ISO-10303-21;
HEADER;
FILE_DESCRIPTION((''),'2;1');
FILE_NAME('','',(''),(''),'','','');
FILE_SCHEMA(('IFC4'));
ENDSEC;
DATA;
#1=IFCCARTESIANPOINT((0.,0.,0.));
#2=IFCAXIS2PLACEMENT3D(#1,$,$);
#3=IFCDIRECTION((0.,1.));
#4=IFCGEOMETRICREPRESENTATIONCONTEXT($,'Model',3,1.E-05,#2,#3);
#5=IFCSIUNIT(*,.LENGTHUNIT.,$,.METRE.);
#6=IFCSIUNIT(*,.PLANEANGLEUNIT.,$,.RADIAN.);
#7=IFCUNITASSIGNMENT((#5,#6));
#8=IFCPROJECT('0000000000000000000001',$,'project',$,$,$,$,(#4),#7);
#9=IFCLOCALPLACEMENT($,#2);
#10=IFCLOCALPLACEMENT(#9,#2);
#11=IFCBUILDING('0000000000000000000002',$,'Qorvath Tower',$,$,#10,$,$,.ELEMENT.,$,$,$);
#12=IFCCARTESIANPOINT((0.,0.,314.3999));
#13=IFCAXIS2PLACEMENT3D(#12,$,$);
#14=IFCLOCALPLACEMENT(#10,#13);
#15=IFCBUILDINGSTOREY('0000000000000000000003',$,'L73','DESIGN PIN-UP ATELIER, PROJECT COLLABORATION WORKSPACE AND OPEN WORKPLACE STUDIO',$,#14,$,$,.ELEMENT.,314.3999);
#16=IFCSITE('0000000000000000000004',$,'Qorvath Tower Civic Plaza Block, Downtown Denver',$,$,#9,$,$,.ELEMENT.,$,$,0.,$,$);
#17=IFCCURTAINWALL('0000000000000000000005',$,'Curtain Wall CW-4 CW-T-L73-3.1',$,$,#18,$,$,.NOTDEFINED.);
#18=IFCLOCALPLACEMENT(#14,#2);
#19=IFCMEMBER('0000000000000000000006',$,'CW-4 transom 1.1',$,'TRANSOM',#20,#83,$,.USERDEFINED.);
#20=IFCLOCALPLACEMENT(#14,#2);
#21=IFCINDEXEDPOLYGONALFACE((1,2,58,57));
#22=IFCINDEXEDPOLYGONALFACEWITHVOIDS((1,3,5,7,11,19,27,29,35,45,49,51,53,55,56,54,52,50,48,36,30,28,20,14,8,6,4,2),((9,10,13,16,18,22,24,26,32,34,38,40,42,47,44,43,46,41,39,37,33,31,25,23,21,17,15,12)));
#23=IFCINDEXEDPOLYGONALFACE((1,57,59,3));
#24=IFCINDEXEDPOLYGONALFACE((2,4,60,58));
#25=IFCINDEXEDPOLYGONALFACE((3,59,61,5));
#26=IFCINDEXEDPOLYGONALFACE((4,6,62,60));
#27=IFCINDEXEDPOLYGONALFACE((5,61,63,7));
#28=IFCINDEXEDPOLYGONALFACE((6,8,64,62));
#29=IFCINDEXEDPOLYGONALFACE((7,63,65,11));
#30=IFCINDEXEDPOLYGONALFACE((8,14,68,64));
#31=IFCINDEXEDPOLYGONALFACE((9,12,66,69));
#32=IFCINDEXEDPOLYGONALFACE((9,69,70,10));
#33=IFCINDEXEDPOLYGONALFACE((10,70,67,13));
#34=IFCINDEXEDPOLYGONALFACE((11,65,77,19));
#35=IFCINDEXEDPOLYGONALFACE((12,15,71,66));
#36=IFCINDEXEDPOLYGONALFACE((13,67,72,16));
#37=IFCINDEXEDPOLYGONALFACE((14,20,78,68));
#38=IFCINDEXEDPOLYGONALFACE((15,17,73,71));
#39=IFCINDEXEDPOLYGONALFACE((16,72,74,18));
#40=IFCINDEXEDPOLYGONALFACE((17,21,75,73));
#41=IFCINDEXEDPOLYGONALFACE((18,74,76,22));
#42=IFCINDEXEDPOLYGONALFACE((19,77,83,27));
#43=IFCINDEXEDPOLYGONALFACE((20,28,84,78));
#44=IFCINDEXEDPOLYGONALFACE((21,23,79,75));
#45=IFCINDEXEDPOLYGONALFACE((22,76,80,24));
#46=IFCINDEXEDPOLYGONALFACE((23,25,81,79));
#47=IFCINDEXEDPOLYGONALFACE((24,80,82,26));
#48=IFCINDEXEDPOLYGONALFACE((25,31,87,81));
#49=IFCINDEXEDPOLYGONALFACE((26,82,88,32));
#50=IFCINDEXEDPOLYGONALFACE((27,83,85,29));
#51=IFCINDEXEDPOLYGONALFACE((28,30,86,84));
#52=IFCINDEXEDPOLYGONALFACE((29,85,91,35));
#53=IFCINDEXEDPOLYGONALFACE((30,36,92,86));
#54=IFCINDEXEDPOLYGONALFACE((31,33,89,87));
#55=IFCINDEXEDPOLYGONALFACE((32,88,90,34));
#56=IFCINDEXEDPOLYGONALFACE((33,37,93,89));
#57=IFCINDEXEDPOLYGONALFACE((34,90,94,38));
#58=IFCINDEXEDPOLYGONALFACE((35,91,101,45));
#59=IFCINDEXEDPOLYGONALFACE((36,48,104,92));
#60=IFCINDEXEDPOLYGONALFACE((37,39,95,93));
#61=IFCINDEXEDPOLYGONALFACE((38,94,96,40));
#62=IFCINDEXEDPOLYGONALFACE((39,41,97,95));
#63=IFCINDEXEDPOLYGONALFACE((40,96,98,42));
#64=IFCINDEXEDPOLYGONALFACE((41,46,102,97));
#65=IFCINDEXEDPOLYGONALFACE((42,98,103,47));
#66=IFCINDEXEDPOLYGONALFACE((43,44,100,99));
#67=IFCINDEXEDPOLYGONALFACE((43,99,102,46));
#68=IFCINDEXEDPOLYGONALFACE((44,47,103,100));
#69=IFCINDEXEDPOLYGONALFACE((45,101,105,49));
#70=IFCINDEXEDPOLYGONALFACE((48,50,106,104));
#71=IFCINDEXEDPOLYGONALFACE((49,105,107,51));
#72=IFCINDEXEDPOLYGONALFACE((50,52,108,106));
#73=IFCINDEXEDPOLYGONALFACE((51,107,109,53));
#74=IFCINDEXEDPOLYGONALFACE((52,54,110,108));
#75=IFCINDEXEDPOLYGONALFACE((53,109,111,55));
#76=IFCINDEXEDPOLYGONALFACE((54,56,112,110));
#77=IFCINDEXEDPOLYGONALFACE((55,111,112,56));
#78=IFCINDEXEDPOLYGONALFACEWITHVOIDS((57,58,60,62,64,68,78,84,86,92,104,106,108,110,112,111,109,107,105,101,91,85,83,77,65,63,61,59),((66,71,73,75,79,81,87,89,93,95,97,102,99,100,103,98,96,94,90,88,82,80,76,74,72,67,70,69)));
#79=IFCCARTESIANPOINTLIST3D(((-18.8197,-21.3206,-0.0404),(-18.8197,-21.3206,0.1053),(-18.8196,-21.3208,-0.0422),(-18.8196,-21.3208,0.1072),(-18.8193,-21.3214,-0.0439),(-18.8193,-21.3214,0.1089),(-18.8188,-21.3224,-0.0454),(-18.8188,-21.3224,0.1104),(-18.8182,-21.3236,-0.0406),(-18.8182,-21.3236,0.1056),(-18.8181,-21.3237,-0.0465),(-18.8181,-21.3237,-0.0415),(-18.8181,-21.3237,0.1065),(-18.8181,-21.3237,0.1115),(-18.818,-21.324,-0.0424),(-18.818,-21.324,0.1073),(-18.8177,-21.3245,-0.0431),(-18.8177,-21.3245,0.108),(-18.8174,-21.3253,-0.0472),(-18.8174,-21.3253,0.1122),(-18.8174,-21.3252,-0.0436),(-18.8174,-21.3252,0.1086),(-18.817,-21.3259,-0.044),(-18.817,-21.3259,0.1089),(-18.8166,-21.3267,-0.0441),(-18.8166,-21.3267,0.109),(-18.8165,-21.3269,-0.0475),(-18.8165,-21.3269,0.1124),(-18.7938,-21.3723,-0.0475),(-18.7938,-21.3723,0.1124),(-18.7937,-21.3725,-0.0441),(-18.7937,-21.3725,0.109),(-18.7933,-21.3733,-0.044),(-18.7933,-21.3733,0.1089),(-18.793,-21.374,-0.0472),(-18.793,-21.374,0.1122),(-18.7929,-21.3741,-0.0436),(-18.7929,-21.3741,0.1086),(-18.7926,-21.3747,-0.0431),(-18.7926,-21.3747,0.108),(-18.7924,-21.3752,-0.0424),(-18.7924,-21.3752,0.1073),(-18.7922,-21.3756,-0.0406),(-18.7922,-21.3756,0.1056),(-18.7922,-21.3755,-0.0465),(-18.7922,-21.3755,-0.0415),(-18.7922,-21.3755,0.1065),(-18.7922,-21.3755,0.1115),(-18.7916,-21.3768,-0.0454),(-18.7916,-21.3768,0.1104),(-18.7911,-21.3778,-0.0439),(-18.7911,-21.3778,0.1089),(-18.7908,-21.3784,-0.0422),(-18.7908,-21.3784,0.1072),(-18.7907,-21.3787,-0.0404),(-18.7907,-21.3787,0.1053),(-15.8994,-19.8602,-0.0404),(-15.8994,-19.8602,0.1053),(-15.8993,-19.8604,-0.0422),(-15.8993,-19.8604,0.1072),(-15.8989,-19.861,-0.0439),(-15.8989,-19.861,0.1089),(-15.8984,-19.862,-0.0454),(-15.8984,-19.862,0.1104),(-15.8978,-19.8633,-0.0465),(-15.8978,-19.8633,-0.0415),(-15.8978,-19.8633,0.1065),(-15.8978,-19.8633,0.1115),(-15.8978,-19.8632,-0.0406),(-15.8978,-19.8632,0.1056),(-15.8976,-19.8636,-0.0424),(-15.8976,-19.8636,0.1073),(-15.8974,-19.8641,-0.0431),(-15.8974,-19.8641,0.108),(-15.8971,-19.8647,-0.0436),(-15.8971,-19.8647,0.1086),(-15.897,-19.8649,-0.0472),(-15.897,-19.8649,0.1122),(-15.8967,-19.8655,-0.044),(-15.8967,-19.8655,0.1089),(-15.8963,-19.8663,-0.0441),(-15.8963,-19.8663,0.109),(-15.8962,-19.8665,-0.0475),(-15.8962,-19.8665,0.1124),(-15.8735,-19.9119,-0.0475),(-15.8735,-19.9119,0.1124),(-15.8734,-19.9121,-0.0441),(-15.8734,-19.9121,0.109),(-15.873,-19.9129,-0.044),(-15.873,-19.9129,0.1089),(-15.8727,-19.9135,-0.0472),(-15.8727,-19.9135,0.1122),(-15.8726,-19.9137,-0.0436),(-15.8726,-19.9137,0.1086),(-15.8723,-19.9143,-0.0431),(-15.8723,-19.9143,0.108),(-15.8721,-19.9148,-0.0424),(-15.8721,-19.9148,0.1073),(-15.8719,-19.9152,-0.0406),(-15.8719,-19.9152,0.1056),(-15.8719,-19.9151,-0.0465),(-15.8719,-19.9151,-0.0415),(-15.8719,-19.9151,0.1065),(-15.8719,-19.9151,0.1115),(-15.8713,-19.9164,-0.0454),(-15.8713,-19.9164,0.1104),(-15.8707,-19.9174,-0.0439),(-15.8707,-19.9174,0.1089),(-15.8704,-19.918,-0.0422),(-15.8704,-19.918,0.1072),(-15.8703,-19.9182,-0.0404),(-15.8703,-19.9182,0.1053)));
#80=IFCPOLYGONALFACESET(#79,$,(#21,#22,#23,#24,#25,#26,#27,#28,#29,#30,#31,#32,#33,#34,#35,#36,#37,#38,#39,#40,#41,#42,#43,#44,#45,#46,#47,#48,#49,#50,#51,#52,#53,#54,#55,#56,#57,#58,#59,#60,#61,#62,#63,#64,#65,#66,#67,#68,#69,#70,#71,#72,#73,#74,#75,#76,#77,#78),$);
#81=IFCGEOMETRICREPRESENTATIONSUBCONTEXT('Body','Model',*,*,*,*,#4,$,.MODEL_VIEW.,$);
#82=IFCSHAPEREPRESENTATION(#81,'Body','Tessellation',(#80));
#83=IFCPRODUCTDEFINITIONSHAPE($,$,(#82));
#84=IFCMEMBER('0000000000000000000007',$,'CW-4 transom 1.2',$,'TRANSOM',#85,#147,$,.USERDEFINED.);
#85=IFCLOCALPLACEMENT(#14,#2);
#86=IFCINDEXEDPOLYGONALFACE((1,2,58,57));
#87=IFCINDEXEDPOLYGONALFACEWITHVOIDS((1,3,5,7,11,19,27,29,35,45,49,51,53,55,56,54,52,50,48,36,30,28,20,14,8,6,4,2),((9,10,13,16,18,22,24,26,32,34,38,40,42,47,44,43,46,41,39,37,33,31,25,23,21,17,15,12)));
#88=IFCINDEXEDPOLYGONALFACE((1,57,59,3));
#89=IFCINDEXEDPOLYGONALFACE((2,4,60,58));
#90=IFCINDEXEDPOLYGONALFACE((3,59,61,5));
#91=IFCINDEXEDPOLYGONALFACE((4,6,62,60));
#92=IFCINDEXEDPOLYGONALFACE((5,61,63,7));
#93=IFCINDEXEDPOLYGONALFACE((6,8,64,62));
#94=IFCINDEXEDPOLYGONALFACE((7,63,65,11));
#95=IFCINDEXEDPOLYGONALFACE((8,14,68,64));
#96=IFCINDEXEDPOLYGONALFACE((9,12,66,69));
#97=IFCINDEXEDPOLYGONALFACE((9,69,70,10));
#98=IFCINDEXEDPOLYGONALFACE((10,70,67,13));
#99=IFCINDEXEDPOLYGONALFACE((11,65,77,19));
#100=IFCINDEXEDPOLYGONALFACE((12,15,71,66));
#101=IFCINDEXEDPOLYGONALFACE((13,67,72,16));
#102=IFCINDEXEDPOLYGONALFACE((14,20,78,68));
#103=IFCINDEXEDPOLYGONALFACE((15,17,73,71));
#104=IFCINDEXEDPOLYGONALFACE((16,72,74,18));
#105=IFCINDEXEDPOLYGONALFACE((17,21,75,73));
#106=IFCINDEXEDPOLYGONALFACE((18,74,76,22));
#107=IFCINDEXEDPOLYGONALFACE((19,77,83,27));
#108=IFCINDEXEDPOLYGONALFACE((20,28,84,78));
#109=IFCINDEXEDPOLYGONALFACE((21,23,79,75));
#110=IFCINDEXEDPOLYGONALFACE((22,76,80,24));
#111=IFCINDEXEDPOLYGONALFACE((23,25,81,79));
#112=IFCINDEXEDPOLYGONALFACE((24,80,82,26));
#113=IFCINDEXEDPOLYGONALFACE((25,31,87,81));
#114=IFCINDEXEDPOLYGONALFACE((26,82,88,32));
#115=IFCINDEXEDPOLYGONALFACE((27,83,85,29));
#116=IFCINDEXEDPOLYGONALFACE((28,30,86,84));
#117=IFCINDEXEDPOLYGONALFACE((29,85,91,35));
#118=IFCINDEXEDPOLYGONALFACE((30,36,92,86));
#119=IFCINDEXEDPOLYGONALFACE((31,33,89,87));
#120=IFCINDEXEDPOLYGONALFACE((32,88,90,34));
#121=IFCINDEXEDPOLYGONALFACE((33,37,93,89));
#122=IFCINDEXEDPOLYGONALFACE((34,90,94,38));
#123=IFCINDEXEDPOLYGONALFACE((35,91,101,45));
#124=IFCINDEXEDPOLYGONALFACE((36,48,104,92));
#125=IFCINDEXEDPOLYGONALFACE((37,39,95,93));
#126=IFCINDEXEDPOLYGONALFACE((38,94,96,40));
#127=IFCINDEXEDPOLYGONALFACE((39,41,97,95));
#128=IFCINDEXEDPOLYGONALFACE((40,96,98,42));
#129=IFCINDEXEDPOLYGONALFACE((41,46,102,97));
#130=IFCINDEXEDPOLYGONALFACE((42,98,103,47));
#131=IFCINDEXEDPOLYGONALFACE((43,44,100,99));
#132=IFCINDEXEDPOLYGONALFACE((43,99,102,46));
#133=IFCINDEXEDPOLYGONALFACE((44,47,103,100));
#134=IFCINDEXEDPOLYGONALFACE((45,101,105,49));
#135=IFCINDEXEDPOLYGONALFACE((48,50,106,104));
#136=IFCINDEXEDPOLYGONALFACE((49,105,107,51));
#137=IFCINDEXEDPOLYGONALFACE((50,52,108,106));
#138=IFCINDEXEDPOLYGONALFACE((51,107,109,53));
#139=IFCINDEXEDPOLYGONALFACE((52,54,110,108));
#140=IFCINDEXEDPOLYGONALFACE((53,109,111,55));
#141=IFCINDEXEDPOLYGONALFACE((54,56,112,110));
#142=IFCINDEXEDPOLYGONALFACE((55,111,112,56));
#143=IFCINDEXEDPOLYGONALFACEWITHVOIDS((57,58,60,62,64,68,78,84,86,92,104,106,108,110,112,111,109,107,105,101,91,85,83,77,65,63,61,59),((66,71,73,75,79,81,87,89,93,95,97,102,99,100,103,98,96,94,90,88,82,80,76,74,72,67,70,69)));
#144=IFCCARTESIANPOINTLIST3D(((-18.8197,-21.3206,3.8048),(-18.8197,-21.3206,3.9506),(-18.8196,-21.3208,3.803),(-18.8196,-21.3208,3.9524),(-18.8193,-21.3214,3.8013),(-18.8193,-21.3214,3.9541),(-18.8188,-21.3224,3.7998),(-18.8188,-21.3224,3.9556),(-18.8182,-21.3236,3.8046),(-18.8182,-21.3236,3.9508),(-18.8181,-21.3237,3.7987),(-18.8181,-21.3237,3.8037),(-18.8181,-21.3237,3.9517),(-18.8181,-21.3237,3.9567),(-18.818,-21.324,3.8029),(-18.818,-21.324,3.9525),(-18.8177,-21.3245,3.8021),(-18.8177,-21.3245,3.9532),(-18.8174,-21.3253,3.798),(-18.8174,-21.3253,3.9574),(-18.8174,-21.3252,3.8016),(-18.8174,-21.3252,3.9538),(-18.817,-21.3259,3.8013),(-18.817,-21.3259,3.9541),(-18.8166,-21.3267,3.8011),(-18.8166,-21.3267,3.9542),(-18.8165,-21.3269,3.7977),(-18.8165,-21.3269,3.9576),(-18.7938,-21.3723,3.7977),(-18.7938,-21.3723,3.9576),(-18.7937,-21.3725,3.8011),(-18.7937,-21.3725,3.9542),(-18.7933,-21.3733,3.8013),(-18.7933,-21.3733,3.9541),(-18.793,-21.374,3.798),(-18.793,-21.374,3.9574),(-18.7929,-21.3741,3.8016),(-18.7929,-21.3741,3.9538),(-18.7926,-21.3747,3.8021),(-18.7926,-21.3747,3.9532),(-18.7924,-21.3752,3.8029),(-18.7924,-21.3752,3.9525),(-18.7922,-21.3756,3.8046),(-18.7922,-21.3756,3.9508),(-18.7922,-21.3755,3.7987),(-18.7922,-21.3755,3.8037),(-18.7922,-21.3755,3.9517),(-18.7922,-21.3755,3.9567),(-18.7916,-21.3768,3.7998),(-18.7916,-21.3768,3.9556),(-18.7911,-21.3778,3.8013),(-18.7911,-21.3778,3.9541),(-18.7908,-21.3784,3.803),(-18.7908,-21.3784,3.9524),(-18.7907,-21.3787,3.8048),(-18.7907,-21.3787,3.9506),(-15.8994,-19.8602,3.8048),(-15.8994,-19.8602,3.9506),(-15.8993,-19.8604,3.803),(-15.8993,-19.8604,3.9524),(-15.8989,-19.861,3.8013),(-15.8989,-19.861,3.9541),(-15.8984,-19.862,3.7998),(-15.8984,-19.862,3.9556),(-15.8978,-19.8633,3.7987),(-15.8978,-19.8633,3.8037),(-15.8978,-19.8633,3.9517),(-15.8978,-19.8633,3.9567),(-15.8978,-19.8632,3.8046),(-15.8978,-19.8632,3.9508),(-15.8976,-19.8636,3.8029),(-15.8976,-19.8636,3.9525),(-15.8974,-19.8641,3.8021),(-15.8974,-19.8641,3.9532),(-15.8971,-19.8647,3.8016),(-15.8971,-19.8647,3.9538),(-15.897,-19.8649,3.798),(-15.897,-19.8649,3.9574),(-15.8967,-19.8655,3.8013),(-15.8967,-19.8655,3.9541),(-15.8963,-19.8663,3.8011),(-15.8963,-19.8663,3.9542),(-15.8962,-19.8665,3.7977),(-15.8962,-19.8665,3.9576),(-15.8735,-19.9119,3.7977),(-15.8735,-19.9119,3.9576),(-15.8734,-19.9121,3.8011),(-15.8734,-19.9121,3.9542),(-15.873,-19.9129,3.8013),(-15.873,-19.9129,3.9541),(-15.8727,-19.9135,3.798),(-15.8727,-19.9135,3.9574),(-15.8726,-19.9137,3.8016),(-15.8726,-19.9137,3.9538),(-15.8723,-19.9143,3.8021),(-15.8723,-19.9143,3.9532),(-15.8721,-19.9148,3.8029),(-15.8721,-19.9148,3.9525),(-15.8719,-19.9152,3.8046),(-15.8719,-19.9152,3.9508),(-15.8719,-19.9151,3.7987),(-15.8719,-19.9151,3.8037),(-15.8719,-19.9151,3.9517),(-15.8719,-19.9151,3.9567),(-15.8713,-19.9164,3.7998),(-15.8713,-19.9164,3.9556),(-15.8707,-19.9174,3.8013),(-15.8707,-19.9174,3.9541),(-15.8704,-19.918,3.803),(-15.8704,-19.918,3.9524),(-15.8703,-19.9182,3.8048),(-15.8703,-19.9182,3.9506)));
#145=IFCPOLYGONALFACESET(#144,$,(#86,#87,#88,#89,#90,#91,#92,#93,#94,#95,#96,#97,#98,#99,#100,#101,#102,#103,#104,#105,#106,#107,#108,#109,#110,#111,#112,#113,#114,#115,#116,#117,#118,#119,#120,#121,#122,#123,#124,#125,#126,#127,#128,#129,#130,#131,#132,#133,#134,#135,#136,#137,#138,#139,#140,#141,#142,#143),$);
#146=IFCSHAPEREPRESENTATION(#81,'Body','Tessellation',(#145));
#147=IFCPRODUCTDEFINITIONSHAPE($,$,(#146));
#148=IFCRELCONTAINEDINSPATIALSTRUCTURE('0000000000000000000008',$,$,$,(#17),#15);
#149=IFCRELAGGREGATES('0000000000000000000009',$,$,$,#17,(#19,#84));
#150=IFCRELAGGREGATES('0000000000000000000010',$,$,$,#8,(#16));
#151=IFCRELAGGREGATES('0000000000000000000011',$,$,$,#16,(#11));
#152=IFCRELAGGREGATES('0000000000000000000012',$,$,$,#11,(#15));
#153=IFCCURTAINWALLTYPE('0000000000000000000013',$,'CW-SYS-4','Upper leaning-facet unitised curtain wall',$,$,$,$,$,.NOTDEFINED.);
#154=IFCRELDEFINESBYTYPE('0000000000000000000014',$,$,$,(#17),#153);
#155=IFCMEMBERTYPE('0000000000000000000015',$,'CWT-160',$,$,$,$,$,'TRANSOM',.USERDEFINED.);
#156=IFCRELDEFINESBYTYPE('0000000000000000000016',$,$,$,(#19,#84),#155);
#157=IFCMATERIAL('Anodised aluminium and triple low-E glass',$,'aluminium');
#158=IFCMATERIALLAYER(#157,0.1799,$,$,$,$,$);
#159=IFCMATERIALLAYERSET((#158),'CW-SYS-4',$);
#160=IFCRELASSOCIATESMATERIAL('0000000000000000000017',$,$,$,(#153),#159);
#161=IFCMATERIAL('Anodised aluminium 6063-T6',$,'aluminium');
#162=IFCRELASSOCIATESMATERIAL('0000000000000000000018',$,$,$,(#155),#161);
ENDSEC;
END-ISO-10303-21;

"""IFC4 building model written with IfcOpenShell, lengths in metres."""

from ifc_helpers import new_model, si_unit, direction, frame, origin, origin_2d, place, context, subcontext, project, spatial, hollow_rectangle, extrude, material, layer, layer_set, material_profile, profile_set, type_object, element, aggregate, save


model = new_model("IFC4")

# Units and contexts
model_context = context("Model", 3, precision=1e-05, world=origin(), true_north=direction((0.0, 1.0)))
body_context = subcontext(model_context, "Body", "Model", "MODEL_VIEW")
ifc_project = project(units=[si_unit("LENGTHUNIT", "METRE"), si_unit("PLANEANGLEUNIT", "RADIAN")], contexts=[model_context])

# Site, building, storey
site_placement = place(None, origin())
site = spatial("IfcSite", under=ifc_project, at=site_placement, Name="Qorvath Tower Civic Plaza Block, Downtown Denver", CompositionType="ELEMENT", RefElevation=0.0)
building_placement = place(site_placement, origin())
building = spatial("IfcBuilding", under=site, at=building_placement, Name="Qorvath Tower", CompositionType="ELEMENT")
storey_placement = place(building_placement, frame((0.0, 0.0, 314.3999)))
storey = spatial("IfcBuildingStorey", under=building, at=storey_placement, Name="L73", Description="DESIGN PIN-UP ATELIER, PROJECT COLLABORATION WORKSPACE AND OPEN WORKPLACE STUDIO", CompositionType="ELEMENT", Elevation=314.3999)

# Shared definitions
ifc_material_1 = material(Name="Anodised aluminium and triple low-E glass", Category="aluminium")
ifc_layer_1 = layer(ifc_material_1, 0.1799)
ifc_layer_set_1 = layer_set([ifc_layer_1], Name="CW-SYS-4")
curtain_wall_type = type_object("IfcCurtainWallType", Name="CW-SYS-4", Description="Upper leaning-facet unitised curtain wall", PredefinedType="NOTDEFINED", material=ifc_layer_set_1)

# Curtain wall
curtain_wall_1_placement = place(storey_placement, origin())
curtain_wall_1 = element("IfcCurtainWall", 1, at=curtain_wall_1_placement, inside=storey, type_object=curtain_wall_type, Name="Curtain Wall CW-4 CW-T-L73-3.1", PredefinedType="NOTDEFINED")

# Members
ifc_material_2 = material(Name="Anodised aluminium 6063-T6", Category="aluminium")
ifc_material_profile_1 = material_profile(ifc_material_2, hollow_rectangle(XDim=0.0649, YDim=0.1599, WallThickness=0.0034, InnerFilletRadius=0.0034, OuterFilletRadius=0.0071, at=origin_2d()), Name="CWT 160x65")
ifc_profile_set_1 = profile_set([ifc_material_profile_1], Name="Anodised aluminium 6063-T6")
member_type_1 = type_object("IfcMemberType", Name="CWT-160", ElementType="TRANSOM", PredefinedType="USERDEFINED", material=ifc_profile_set_1)
member_1_placement = place(storey_placement, frame((-18.8052, -21.3496, 0.0325), z_axis=(0.894397, 0.447273, 0.0), x_axis=(-0.447273, 0.894397, 0.0)))
member_1 = element("IfcMember", 2, at=member_1_placement, type_object=member_type_1, Name="CW-4 transom 1.1", ObjectType="TRANSOM", PredefinedType="USERDEFINED", context=body_context, shape_type="SweptSolid", body=[
    extrude(hollow_rectangle(XDim=0.0649, YDim=0.1599, WallThickness=0.0034, InnerFilletRadius=0.0034, OuterFilletRadius=0.0071, at=origin_2d()), origin(), (0.0, 0.0, 1.0), 3.2651),
])
member_2_placement = place(storey_placement, frame((-18.8052, -21.3496, 3.8777), z_axis=(0.894397, 0.447273, 0.0), x_axis=(-0.447273, 0.894397, 0.0)))
member_2 = element("IfcMember", 3, at=member_2_placement, type_object=member_type_1, Name="CW-4 transom 1.2", ObjectType="TRANSOM", PredefinedType="USERDEFINED", context=body_context, shape_type="SweptSolid", body=[
    extrude(hollow_rectangle(XDim=0.0649, YDim=0.1599, WallThickness=0.0034, InnerFilletRadius=0.0034, OuterFilletRadius=0.0071, at=origin_2d()), origin(), (0.0, 0.0, 1.0), 3.2651),
])

aggregate(curtain_wall_1, [member_1, member_2])

save(model, "model.ifc")
